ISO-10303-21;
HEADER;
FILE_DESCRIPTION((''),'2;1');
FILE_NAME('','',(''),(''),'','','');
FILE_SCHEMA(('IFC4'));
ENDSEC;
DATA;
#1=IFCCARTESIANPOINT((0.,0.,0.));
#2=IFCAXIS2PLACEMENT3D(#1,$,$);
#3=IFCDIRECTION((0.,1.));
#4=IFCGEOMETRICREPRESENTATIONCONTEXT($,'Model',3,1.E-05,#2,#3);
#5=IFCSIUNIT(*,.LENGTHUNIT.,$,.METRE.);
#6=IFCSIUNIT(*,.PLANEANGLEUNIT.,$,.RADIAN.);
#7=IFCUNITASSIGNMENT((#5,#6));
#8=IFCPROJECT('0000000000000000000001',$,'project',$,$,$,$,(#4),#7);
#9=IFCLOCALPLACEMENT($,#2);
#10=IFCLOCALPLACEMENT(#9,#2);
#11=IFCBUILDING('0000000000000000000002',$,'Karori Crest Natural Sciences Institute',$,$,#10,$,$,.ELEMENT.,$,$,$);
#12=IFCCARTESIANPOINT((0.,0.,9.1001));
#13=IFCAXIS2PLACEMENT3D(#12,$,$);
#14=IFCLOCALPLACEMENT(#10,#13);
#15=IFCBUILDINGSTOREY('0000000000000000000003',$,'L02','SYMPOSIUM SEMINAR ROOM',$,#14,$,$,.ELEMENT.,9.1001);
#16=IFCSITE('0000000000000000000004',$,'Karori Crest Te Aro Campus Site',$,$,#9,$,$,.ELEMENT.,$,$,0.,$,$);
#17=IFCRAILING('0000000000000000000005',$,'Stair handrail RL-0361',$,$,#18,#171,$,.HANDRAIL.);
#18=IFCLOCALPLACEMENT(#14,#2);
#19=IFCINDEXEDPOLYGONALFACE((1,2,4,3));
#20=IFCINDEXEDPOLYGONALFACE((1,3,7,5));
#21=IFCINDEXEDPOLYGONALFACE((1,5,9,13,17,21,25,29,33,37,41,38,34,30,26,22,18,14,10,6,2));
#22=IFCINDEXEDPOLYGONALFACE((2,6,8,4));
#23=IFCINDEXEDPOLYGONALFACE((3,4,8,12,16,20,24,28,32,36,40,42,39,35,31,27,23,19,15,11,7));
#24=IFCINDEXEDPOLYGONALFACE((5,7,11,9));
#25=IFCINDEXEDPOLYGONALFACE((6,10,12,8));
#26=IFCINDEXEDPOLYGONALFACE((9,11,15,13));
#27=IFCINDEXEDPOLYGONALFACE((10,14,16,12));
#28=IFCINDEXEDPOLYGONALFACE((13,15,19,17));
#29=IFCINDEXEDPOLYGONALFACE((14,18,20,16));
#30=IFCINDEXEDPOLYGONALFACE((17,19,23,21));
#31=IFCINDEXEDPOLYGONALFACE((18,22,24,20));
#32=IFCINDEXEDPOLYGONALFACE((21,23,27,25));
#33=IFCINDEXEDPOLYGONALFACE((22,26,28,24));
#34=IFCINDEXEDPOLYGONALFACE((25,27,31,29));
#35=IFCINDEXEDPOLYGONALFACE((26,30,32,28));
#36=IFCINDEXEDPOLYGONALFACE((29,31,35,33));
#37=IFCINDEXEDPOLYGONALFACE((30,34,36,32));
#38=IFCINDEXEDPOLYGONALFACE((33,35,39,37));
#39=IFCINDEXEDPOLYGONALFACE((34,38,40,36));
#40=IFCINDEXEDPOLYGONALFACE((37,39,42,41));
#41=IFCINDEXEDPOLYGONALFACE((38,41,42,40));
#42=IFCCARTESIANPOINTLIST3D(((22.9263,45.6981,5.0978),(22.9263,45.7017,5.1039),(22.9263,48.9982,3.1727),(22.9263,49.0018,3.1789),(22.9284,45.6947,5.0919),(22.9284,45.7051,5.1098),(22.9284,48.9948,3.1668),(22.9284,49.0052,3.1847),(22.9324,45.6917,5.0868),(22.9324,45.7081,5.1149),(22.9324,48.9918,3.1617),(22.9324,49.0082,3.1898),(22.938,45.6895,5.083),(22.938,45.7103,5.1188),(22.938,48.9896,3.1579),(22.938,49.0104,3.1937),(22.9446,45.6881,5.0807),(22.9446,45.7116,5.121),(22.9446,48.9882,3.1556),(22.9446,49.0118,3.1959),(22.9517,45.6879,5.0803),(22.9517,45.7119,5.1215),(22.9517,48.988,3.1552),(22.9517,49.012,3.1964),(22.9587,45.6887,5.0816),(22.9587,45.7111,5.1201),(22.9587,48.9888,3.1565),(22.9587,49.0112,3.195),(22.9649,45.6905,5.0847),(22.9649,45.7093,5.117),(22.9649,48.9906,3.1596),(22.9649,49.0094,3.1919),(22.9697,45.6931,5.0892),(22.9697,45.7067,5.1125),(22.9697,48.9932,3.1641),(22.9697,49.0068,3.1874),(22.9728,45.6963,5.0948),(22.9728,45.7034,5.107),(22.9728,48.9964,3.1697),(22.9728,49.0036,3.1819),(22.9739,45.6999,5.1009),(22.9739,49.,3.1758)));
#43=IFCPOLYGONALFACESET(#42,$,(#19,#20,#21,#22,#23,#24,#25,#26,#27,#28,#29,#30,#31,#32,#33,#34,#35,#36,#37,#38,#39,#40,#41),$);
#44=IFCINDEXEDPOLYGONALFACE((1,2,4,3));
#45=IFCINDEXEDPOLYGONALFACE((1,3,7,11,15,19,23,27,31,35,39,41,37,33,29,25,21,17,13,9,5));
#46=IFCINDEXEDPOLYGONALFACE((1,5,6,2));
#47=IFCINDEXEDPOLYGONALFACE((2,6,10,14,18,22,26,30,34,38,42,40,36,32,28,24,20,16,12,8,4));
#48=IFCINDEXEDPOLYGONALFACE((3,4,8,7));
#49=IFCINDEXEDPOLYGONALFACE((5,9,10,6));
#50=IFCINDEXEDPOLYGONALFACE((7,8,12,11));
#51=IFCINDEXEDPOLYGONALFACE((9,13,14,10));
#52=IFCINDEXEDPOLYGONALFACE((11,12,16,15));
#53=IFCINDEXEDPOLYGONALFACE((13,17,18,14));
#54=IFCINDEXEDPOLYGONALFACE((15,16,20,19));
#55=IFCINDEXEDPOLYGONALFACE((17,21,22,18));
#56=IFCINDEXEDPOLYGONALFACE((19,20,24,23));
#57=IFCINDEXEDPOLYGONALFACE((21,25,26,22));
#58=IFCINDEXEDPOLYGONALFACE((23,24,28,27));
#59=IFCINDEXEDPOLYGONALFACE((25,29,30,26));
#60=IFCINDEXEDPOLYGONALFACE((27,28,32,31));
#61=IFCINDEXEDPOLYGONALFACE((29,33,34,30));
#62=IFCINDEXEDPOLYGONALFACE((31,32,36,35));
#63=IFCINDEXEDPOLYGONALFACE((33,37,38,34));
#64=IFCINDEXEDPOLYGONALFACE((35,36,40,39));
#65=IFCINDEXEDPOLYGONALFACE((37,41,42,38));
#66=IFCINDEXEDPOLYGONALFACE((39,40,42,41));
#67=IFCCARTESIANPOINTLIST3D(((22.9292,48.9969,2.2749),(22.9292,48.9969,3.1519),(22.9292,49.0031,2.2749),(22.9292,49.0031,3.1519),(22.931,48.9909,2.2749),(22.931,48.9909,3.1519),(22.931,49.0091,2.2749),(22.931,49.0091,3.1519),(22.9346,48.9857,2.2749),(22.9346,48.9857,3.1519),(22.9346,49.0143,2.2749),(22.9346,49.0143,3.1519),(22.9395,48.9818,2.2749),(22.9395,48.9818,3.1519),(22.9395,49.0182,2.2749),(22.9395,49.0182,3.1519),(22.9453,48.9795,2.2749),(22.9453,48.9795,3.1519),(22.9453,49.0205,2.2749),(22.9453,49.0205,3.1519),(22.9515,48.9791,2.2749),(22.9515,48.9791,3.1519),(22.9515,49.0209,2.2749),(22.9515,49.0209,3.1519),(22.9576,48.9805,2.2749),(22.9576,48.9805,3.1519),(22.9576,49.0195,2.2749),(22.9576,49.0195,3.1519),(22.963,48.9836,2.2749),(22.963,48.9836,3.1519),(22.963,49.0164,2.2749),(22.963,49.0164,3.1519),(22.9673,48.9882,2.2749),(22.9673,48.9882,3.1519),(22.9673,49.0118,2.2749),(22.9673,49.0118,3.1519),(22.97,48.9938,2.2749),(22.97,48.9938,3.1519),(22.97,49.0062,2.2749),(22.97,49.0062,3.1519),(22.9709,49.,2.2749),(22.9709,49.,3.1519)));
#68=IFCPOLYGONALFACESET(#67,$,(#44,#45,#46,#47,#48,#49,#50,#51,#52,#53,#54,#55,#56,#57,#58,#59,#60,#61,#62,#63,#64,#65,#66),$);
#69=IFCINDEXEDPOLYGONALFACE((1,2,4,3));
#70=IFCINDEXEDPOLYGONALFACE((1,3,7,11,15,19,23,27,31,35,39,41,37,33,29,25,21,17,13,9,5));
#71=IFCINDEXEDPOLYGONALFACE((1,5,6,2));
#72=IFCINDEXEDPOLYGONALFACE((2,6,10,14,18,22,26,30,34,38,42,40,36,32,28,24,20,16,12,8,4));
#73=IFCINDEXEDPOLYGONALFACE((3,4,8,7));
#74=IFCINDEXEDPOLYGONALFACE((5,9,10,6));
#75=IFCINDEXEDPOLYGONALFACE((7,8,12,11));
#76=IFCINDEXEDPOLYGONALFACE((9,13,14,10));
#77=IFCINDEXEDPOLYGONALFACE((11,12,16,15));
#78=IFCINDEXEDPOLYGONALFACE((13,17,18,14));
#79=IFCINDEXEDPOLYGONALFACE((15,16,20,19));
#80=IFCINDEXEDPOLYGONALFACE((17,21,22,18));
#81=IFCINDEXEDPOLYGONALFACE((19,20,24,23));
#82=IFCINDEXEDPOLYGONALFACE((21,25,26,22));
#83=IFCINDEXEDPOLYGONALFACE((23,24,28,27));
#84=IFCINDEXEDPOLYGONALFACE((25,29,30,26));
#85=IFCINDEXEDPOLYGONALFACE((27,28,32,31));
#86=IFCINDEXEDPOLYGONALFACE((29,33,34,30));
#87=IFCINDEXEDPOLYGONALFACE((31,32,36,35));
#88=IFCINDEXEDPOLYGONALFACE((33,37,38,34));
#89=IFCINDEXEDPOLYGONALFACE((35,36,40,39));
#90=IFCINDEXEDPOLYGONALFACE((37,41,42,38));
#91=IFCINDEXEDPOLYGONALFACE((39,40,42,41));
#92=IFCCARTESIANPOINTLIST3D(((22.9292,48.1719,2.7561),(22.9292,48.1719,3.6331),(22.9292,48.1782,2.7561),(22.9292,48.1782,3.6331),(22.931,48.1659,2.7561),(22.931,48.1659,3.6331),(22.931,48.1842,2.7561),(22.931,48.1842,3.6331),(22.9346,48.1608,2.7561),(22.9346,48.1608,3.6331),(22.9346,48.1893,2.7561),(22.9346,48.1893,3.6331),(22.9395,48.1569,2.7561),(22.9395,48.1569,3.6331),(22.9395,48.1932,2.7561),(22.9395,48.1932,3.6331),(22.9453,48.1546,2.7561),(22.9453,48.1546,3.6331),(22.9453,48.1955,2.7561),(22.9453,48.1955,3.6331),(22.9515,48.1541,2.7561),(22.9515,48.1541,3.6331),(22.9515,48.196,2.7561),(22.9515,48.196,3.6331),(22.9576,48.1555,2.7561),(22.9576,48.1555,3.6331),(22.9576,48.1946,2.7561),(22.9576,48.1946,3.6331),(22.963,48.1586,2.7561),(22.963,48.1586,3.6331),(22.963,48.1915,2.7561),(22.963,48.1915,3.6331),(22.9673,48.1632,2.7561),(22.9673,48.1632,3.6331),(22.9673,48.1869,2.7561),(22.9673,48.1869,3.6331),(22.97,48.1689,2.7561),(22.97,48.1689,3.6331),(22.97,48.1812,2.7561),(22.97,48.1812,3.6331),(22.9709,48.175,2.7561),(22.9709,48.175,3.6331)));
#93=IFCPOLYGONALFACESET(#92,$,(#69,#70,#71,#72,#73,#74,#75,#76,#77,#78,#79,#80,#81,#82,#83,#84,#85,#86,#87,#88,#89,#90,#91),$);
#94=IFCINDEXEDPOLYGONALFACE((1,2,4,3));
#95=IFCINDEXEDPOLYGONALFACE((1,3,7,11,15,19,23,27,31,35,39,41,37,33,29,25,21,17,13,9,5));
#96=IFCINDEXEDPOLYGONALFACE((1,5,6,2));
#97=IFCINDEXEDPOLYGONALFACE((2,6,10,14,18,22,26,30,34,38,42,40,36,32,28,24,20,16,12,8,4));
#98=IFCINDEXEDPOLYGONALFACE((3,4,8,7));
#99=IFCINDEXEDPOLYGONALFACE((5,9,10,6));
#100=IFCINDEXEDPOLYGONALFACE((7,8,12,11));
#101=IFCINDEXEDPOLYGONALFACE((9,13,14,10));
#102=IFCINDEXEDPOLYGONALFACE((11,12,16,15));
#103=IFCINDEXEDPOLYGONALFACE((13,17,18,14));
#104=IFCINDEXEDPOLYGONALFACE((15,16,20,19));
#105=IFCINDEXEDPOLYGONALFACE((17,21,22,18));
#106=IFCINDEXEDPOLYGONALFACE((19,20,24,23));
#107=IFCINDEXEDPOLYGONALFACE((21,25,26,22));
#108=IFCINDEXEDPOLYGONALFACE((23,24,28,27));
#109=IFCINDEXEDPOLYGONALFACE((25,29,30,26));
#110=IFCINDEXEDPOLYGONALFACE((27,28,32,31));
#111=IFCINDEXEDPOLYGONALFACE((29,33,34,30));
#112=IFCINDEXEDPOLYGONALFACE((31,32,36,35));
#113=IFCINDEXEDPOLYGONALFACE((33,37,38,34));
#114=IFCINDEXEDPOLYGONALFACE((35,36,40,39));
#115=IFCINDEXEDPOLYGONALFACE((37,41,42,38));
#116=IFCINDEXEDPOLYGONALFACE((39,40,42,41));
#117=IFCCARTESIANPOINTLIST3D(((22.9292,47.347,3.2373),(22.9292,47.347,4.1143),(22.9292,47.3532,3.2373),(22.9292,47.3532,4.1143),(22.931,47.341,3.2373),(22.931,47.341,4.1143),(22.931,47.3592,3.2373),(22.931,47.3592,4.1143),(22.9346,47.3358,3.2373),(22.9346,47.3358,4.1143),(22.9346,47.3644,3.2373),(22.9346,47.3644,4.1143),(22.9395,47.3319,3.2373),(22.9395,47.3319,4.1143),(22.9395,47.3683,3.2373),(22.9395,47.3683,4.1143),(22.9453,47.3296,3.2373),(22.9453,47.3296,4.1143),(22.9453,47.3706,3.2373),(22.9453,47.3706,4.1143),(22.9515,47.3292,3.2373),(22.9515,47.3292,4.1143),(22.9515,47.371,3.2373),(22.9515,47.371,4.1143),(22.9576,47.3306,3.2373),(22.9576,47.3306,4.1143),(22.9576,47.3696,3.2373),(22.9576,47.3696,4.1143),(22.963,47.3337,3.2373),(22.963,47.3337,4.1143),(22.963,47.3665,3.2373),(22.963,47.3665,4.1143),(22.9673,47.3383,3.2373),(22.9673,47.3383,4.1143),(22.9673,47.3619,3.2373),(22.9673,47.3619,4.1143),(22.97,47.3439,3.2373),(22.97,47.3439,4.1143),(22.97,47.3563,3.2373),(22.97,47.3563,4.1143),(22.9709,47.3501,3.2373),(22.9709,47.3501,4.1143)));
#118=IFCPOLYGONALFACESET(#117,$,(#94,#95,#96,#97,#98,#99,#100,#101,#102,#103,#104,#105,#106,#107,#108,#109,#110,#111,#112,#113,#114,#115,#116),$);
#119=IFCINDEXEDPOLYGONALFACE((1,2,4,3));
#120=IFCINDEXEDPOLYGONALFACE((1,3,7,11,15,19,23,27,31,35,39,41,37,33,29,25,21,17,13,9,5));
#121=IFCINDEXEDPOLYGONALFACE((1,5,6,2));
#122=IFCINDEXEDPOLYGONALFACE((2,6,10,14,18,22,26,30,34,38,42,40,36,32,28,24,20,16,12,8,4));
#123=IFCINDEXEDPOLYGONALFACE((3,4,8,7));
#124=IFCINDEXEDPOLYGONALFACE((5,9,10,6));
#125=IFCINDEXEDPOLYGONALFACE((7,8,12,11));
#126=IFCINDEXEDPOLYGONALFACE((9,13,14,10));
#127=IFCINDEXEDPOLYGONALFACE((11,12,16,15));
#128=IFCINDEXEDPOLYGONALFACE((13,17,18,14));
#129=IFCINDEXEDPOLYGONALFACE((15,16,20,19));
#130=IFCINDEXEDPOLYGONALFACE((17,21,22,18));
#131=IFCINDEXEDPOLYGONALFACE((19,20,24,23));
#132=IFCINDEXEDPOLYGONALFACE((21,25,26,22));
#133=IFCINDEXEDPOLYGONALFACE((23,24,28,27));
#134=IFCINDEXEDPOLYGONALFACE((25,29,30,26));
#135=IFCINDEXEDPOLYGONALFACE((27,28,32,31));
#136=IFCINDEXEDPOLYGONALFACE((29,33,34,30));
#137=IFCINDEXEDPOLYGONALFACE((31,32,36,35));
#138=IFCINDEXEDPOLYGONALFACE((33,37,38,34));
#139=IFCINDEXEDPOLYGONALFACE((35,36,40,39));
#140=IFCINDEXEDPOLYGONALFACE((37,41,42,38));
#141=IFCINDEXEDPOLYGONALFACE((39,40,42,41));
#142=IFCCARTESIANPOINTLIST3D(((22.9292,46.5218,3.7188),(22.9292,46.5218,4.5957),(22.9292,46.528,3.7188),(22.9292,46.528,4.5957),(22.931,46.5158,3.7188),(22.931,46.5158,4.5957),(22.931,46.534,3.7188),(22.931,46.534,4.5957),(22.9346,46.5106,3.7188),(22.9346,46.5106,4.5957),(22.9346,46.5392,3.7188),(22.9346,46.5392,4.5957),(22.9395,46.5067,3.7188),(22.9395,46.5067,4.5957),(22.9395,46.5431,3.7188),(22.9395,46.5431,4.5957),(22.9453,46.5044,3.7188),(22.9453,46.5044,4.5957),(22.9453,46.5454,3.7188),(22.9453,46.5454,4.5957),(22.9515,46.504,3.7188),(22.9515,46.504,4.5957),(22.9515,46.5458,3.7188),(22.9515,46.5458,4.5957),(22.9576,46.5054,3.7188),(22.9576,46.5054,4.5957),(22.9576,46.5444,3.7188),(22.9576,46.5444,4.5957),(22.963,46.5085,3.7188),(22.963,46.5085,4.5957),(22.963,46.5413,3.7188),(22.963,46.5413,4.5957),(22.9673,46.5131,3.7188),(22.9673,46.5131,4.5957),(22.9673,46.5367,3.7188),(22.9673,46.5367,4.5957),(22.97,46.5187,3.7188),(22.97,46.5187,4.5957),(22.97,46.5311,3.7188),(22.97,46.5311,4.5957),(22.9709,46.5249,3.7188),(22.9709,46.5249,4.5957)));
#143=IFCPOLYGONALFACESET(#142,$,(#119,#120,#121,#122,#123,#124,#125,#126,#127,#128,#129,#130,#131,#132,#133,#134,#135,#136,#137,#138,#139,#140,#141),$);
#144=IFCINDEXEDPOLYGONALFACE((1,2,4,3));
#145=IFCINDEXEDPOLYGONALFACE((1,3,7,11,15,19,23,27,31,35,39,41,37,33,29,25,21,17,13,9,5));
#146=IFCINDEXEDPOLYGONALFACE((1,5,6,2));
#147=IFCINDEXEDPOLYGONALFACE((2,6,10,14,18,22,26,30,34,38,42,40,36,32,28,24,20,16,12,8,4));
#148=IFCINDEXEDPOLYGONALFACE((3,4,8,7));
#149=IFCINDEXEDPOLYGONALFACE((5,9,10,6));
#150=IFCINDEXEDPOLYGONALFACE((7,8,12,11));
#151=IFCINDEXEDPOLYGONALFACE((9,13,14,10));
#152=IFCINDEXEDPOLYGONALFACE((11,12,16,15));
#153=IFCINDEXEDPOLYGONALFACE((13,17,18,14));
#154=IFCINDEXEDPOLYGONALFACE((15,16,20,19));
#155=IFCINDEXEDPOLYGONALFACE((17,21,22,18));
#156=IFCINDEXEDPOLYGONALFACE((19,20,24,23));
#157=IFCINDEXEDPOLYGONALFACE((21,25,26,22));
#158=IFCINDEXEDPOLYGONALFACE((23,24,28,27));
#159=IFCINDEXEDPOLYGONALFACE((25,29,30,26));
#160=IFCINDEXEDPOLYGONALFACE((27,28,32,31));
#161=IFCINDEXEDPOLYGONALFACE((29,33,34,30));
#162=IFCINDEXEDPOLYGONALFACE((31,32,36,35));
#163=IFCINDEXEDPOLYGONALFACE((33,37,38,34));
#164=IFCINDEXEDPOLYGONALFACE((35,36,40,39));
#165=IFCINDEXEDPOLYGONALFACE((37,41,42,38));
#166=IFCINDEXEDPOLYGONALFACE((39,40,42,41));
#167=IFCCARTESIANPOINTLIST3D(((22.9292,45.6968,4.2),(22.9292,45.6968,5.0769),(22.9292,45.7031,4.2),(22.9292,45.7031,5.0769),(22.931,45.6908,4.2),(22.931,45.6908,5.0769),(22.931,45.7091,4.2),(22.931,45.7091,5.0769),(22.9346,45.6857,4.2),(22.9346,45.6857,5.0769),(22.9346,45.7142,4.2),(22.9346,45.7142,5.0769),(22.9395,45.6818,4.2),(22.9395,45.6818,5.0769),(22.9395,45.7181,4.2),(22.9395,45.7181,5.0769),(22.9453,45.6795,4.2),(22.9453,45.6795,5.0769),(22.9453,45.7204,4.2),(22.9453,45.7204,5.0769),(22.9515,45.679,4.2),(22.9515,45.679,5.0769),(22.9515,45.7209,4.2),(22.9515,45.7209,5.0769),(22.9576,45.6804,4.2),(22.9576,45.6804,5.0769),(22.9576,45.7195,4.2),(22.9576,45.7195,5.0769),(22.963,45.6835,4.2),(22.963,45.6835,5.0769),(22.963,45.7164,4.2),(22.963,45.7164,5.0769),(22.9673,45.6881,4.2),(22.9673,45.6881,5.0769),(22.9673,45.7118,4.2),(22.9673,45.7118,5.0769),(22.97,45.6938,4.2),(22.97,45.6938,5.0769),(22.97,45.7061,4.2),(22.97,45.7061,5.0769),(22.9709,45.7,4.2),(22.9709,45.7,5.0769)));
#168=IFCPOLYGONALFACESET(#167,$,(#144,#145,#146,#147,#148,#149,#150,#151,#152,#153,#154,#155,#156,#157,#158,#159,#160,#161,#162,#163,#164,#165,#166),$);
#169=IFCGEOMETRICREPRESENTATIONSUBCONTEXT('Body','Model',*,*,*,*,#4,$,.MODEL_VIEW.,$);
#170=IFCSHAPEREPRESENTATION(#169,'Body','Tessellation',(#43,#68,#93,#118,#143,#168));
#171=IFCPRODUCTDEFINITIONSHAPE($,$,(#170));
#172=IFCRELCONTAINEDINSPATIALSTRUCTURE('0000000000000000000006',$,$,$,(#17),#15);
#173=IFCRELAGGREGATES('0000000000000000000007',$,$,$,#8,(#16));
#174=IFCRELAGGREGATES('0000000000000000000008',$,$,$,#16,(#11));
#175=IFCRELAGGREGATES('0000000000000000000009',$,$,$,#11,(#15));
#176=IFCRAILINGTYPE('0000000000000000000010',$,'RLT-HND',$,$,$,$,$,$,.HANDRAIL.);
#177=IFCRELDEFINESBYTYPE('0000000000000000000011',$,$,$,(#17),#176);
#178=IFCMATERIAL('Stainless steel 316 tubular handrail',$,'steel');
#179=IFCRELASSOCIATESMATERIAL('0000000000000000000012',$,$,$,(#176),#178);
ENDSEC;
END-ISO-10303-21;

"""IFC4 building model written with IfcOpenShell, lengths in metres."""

from ifc_helpers import new_model, si_unit, direction, frame, origin, origin_2d, place, context, subcontext, project, spatial, circle, extrude, material, type_object, element, save


model = new_model("IFC4")

# Units and contexts
model_context = context("Model", 3, precision=1e-05, world=origin(), true_north=direction((0.0, 1.0)))
body_context = subcontext(model_context, "Body", "Model", "MODEL_VIEW")
ifc_project = project(units=[si_unit("LENGTHUNIT", "METRE"), si_unit("PLANEANGLEUNIT", "RADIAN")], contexts=[model_context])

# Site, building, storey
site_placement = place(None, origin())
site = spatial("IfcSite", under=ifc_project, at=site_placement, Name="Karori Crest Te Aro Campus Site", CompositionType="ELEMENT", RefElevation=0.0)
building_placement = place(site_placement, origin())
building = spatial("IfcBuilding", under=site, at=building_placement, Name="Karori Crest Natural Sciences Institute", CompositionType="ELEMENT")
storey_placement = place(building_placement, frame((0.0, 0.0, 9.1001)))
storey = spatial("IfcBuildingStorey", under=building, at=storey_placement, Name="L02", Description="SYMPOSIUM SEMINAR ROOM", CompositionType="ELEMENT", Elevation=9.1001)

# Railing
ifc_material_1 = material(Name="Stainless steel 316 tubular handrail", Category="steel")
railing_type_1 = type_object("IfcRailingType", Name="RLT-HND", PredefinedType="HANDRAIL", material=ifc_material_1)
railing_1_placement = place(storey_placement, frame((22.95, 49.0, 2.2749)))
element("IfcRailing", 1, at=railing_1_placement, inside=storey, type_object=railing_type_1, Name="Stair handrail RL-0361", PredefinedType="HANDRAIL", context=body_context, shape_type="SweptSolid", body=[
    extrude(circle(Radius=0.0239, at=origin_2d()), frame((0.0, 0.0, 0.9009), z_axis=(0.0, -0.863777, 0.503875), x_axis=(1.0, 0.0, 0.0)), (0.0, 0.0, 1.0), 3.8206),
    extrude(circle(Radius=0.021, at=origin_2d()), origin(), (0.0, 0.0, 1.0), 0.877),
    extrude(circle(Radius=0.021, at=origin_2d()), frame((0.0, -0.825, 0.4812)), (0.0, 0.0, 1.0), 0.877),
    extrude(circle(Radius=0.021, at=origin_2d()), frame((0.0, -1.6499, 0.9624)), (0.0, 0.0, 1.0), 0.877),
    extrude(circle(Radius=0.021, at=origin_2d()), frame((0.0, -2.4751, 1.4438)), (0.0, 0.0, 1.0), 0.877),
    extrude(circle(Radius=0.021, at=origin_2d()), frame((0.0, -3.3, 1.925)), (0.0, 0.0, 1.0), 0.877),
])

save(model, "model.ifc")
